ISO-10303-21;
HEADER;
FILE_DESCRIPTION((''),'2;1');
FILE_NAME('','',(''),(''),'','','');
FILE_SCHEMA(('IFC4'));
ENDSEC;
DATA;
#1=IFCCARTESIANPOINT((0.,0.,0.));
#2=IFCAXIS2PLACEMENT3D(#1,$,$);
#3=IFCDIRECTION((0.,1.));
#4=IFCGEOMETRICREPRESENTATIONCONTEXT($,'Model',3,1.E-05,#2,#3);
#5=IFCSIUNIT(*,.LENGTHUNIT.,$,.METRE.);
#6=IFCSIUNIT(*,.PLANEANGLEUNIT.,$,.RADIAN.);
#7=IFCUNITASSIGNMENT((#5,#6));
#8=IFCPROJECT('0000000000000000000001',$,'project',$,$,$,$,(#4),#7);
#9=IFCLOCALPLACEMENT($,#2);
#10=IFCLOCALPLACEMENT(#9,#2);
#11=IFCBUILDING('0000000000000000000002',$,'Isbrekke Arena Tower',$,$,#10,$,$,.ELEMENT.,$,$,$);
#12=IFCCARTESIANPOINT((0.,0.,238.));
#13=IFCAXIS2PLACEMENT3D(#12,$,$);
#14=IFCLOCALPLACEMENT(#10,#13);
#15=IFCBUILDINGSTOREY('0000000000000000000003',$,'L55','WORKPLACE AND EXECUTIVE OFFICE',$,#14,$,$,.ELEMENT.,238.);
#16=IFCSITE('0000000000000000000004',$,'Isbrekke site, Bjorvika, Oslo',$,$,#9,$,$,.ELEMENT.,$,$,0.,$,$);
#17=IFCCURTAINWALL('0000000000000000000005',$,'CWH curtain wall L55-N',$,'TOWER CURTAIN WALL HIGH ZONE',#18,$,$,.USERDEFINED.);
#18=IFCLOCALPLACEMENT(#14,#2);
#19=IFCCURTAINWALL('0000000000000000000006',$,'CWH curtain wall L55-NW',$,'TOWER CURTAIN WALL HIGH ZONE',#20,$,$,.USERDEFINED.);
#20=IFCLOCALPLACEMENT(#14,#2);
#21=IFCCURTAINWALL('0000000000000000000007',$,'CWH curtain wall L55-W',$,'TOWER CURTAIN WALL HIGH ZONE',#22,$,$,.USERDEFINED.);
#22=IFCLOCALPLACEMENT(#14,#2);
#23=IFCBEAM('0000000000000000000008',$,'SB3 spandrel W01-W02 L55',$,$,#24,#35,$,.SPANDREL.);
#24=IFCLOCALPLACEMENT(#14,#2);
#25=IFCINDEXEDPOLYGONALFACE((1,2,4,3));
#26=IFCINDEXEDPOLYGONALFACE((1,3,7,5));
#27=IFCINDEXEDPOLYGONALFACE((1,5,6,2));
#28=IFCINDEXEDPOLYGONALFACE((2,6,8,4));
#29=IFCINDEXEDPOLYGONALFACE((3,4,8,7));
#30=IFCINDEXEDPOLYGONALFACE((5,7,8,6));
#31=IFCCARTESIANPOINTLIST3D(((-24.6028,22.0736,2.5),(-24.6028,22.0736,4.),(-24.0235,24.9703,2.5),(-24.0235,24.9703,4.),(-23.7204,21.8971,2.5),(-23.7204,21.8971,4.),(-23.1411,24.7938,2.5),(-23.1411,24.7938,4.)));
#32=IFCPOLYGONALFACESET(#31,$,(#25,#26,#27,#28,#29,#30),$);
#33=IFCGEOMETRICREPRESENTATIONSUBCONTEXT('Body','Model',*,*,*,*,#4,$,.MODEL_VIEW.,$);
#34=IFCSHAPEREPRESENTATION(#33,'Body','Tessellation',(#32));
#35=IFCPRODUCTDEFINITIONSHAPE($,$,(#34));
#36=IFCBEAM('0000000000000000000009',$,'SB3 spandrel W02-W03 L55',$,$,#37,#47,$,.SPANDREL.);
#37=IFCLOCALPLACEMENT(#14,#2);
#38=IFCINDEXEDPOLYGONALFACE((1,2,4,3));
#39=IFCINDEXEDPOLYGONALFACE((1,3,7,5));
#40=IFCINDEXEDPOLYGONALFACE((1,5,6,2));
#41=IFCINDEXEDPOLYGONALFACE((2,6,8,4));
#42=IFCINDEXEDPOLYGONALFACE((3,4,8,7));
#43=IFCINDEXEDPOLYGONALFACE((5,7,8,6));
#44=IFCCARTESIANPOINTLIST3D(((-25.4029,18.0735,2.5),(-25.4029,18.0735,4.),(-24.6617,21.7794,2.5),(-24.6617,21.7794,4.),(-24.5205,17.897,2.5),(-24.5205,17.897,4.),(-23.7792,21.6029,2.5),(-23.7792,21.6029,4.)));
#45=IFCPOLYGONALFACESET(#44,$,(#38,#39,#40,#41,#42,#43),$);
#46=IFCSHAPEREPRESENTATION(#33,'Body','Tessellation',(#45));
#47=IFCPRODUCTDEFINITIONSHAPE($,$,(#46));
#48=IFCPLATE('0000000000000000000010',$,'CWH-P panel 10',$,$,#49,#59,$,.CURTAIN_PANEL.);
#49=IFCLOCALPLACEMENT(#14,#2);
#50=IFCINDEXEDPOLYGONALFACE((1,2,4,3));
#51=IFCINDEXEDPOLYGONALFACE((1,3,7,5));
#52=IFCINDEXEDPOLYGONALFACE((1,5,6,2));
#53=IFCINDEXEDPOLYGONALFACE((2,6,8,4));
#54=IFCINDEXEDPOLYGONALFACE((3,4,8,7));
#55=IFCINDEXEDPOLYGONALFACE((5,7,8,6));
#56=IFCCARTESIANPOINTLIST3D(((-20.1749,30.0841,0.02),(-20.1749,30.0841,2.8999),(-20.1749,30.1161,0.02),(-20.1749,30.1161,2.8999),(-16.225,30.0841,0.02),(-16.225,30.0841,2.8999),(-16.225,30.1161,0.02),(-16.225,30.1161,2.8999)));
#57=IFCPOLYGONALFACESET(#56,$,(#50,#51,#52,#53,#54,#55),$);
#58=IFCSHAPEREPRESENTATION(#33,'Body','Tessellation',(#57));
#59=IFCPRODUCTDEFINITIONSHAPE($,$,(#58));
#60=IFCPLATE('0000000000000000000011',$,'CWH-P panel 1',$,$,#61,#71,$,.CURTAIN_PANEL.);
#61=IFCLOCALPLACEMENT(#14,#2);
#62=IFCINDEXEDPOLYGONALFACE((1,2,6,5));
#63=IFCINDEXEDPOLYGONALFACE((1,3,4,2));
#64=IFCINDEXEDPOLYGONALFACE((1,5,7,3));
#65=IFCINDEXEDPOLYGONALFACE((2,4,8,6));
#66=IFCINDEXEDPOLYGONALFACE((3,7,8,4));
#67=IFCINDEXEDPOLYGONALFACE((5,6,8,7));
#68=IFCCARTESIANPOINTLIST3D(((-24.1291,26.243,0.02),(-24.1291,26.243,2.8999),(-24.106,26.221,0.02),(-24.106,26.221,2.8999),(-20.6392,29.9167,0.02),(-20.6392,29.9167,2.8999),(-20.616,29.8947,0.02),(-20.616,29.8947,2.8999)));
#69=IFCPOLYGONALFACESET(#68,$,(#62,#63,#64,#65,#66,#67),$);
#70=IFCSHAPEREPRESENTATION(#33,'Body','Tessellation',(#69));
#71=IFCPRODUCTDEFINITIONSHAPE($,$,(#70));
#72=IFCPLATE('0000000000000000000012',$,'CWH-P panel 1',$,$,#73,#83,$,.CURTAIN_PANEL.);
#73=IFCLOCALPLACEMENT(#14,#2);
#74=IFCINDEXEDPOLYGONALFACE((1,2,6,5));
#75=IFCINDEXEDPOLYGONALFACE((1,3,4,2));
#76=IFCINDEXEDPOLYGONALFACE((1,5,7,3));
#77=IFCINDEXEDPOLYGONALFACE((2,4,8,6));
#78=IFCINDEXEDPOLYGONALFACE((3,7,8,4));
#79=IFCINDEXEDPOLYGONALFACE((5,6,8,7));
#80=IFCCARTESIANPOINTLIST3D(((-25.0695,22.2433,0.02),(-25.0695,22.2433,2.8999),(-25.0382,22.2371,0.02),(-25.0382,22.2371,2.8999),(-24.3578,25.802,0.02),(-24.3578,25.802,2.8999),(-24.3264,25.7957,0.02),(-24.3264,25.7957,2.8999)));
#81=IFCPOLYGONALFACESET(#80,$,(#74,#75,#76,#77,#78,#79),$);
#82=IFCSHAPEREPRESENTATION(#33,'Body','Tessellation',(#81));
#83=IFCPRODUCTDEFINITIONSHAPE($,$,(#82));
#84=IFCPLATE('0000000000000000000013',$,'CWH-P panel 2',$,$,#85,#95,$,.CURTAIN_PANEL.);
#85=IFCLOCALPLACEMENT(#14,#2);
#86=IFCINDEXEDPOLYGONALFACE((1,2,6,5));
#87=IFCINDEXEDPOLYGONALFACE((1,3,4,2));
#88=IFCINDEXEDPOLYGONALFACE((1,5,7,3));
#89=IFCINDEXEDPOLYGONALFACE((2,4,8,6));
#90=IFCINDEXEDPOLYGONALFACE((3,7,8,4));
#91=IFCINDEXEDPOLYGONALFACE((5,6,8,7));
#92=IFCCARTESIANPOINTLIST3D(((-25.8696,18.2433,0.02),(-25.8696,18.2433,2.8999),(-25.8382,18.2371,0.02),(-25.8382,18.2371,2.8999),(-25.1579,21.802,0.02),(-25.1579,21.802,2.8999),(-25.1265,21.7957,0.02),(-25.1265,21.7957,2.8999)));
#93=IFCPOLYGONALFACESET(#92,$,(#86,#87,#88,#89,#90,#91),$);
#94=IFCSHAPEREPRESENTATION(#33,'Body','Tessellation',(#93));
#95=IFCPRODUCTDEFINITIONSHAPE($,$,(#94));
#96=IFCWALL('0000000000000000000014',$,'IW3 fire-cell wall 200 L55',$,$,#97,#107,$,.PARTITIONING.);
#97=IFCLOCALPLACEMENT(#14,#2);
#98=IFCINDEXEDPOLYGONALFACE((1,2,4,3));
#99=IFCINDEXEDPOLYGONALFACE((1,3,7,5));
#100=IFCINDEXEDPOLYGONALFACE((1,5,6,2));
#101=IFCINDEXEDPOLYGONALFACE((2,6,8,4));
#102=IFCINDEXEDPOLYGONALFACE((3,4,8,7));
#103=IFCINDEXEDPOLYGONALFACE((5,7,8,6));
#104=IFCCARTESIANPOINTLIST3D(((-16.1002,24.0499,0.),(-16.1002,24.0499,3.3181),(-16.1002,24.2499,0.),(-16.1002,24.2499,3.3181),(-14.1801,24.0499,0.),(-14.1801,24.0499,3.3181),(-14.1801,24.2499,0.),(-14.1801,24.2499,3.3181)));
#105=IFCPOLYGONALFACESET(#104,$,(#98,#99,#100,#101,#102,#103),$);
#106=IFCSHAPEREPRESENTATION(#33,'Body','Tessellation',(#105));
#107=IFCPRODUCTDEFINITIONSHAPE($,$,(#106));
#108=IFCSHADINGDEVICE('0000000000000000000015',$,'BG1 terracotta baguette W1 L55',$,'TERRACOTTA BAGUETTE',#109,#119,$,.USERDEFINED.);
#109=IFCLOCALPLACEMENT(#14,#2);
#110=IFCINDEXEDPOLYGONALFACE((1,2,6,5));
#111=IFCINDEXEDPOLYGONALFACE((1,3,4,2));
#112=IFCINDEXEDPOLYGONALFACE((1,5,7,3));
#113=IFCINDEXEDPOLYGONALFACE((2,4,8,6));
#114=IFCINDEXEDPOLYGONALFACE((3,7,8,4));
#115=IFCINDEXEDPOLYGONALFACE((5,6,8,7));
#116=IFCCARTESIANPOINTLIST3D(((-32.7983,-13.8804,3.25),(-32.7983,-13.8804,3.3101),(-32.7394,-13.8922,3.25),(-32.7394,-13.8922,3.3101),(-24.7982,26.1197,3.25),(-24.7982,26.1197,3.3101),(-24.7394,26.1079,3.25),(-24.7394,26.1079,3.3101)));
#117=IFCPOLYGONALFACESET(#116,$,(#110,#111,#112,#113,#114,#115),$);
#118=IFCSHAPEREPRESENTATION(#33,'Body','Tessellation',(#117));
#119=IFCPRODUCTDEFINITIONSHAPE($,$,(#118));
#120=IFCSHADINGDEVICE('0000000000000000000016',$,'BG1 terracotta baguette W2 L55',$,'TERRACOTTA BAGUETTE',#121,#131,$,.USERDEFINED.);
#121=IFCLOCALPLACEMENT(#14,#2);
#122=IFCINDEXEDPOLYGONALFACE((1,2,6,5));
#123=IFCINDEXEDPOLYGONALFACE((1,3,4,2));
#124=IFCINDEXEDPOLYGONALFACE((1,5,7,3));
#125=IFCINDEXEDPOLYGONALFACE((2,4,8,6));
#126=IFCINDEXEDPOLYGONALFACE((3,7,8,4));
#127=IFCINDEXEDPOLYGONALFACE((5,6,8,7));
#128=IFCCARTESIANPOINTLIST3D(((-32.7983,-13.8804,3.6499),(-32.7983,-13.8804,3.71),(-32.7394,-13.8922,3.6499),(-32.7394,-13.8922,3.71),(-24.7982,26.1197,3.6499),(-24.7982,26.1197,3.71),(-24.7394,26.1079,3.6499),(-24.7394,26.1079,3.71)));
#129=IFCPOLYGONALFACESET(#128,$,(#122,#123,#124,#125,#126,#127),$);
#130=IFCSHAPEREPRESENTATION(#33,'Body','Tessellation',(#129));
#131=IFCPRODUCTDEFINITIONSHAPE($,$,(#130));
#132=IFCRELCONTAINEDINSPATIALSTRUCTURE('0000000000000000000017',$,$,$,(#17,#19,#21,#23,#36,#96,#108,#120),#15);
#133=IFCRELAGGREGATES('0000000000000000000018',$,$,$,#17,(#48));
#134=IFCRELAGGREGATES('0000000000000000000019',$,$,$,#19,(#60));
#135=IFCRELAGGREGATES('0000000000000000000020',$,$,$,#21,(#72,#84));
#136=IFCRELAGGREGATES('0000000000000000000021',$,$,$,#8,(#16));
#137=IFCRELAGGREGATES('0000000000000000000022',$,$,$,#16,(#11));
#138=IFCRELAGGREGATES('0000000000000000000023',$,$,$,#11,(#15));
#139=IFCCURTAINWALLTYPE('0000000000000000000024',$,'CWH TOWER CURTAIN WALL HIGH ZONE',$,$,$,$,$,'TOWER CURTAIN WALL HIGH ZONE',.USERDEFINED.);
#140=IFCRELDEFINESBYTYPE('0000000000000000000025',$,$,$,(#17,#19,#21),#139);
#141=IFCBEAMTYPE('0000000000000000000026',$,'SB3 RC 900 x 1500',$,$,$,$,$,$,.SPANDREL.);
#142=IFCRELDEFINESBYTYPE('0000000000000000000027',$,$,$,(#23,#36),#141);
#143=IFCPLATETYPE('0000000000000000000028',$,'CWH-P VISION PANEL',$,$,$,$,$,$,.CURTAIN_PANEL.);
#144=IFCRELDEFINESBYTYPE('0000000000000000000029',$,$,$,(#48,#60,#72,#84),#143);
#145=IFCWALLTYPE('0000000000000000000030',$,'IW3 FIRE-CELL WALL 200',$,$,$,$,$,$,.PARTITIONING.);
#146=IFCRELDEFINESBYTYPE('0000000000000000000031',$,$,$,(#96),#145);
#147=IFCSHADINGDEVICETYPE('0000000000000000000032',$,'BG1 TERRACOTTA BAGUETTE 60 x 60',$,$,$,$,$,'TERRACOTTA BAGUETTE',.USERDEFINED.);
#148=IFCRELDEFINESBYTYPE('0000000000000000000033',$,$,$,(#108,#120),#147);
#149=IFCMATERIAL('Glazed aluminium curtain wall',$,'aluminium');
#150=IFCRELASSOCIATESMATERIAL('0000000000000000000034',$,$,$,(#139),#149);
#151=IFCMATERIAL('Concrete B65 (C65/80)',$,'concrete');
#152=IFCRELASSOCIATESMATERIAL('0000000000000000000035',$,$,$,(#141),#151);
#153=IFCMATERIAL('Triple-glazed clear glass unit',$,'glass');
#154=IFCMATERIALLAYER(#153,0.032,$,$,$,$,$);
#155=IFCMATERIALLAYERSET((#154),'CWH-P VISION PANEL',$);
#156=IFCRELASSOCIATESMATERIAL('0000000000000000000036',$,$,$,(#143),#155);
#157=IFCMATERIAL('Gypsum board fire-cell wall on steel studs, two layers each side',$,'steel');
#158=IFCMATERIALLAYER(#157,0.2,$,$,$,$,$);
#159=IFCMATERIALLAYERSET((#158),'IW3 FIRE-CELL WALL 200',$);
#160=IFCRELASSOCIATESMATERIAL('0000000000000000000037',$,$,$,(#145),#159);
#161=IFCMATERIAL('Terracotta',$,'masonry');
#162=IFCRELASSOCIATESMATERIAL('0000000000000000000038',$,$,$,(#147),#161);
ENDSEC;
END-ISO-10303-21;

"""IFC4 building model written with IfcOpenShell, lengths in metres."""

from ifc_helpers import new_model, si_unit, direction, frame, frame_2d, origin, origin_2d, place, context, subcontext, project, spatial, rectangle, extrude, material, layer, layer_set, material_profile, profile_set, type_object, element, aggregate, save


model = new_model("IFC4")

# Units and contexts
model_context = context("Model", 3, precision=1e-05, world=origin(), true_north=direction((0.0, 1.0)))
body_context = subcontext(model_context, "Body", "Model", "MODEL_VIEW")
ifc_project = project(units=[si_unit("LENGTHUNIT", "METRE"), si_unit("PLANEANGLEUNIT", "RADIAN")], contexts=[model_context])

# Site, building, storey
site_placement = place(None, origin())
site = spatial("IfcSite", under=ifc_project, at=site_placement, Name="Isbrekke site, Bjorvika, Oslo", CompositionType="ELEMENT", RefElevation=0.0)
building_placement = place(site_placement, origin())
building = spatial("IfcBuilding", under=site, at=building_placement, Name="Isbrekke Arena Tower", CompositionType="ELEMENT")
storey_placement = place(building_placement, frame((0.0, 0.0, 238.0)))
storey = spatial("IfcBuildingStorey", under=building, at=storey_placement, Name="L55", Description="WORKPLACE AND EXECUTIVE OFFICE", CompositionType="ELEMENT", Elevation=238.0)

# Curtain walls
ifc_material_1 = material(Name="Glazed aluminium curtain wall", Category="aluminium")
curtain_wall_type = type_object("IfcCurtainWallType", Name="CWH TOWER CURTAIN WALL HIGH ZONE", ElementType="TOWER CURTAIN WALL HIGH ZONE", PredefinedType="USERDEFINED", material=ifc_material_1)
curtain_wall_1_placement = place(storey_placement, origin())
curtain_wall_1 = element("IfcCurtainWall", 1, at=curtain_wall_1_placement, inside=storey, type_object=curtain_wall_type, Name="CWH curtain wall L55-N", ObjectType="TOWER CURTAIN WALL HIGH ZONE", PredefinedType="USERDEFINED")
curtain_wall_2_placement = place(storey_placement, origin())
curtain_wall_2 = element("IfcCurtainWall", 2, at=curtain_wall_2_placement, inside=storey, type_object=curtain_wall_type, Name="CWH curtain wall L55-NW", ObjectType="TOWER CURTAIN WALL HIGH ZONE", PredefinedType="USERDEFINED")

# Curtain wall
curtain_wall_3_placement = place(storey_placement, origin())
curtain_wall_3 = element("IfcCurtainWall", 3, at=curtain_wall_3_placement, inside=storey, type_object=curtain_wall_type, Name="CWH curtain wall L55-W", ObjectType="TOWER CURTAIN WALL HIGH ZONE", PredefinedType="USERDEFINED")

# Beams
ifc_material_2 = material(Name="Concrete B65 (C65/80)", Category="concrete")
ifc_material_profile_1 = material_profile(ifc_material_2, rectangle(XDim=0.8999, YDim=1.5, at=origin_2d()), Name="RC 900x1500")
ifc_profile_set_1 = profile_set([ifc_material_profile_1], Name="Concrete B65 (C65/80)")
beam_type_1 = type_object("IfcBeamType", Name="SB3 RC 900 x 1500", PredefinedType="SPANDREL", material=ifc_profile_set_1)
beam_1_placement = place(storey_placement, frame((-23.5823, 24.8821, 3.25), z_axis=(-0.196116, -0.980581, 0.0), x_axis=(0.980581, -0.196116, 0.0)))
element("IfcBeam", 4, at=beam_1_placement, inside=storey, type_object=beam_type_1, Name="SB3 spandrel W01-W02 L55", PredefinedType="SPANDREL", context=body_context, shape_type="SweptSolid", body=[
    extrude(rectangle(XDim=0.8999, YDim=1.5, at=origin_2d()), origin(), (0.0, 0.0, 1.0), 2.9541),
])
beam_2_placement = place(storey_placement, frame((-24.2205, 21.6912, 3.25), z_axis=(-0.196129, -0.980578, 0.0), x_axis=(0.980578, -0.196129, 0.0)))
element("IfcBeam", 5, at=beam_2_placement, inside=storey, type_object=beam_type_1, Name="SB3 spandrel W02-W03 L55", PredefinedType="SPANDREL", context=body_context, shape_type="SweptSolid", body=[
    extrude(rectangle(XDim=0.8999, YDim=1.5, at=origin_2d()), origin(), (0.0, 0.0, 1.0), 3.7793),
])

# Plates
ifc_material_3 = material(Name="Triple-glazed clear glass unit", Category="glass")
ifc_layer_1 = layer(ifc_material_3, 0.032)
ifc_layer_set_1 = layer_set([ifc_layer_1], Name="CWH-P VISION PANEL")
plate_type = type_object("IfcPlateType", Name="CWH-P VISION PANEL", PredefinedType="CURTAIN_PANEL", material=ifc_layer_set_1)
plate_1_placement = place(storey_placement, frame((-18.2, 30.1001, 0.02), z_axis=(0.0, 0.0, 1.0), x_axis=(-1.0, 0.0, 0.0)))
plate_1 = element("IfcPlate", 6, at=plate_1_placement, type_object=plate_type, Name="CWH-P panel 10", PredefinedType="CURTAIN_PANEL", context=body_context, shape_type="SweptSolid", body=[
    extrude(rectangle(XDim=3.95, YDim=0.032, at=origin_2d()), origin(), (0.0, 0.0, 1.0), 2.8799),
])
aggregate(curtain_wall_1, [plate_1])
plate_2_placement = place(storey_placement, frame((-22.3726, 28.0688, 0.02), z_axis=(0.0, 0.0, 1.0), x_axis=(-0.688749, -0.724999, 0.0)))
plate_2 = element("IfcPlate", 7, at=plate_2_placement, type_object=plate_type, Name="CWH-P panel 1", PredefinedType="CURTAIN_PANEL", context=body_context, shape_type="SweptSolid", body=[
    extrude(rectangle(XDim=5.0671, YDim=0.032, at=origin_2d()), origin(), (0.0, 0.0, 1.0), 2.8799),
])
aggregate(curtain_wall_2, [plate_2])
plate_3_placement = place(storey_placement, frame((-24.698, 24.0195, 0.02), z_axis=(0.0, 0.0, 1.0), x_axis=(-0.196116, -0.980581, 0.0)))
plate_3 = element("IfcPlate", 8, at=plate_3_placement, type_object=plate_type, Name="CWH-P panel 1", PredefinedType="CURTAIN_PANEL", context=body_context, shape_type="SweptSolid", body=[
    extrude(rectangle(XDim=3.6292, YDim=0.032, at=origin_2d()), origin(), (0.0, 0.0, 1.0), 2.8799),
])
plate_4_placement = place(storey_placement, frame((-25.498, 20.0195, 0.02), z_axis=(0.0, 0.0, 1.0), x_axis=(-0.196116, -0.980581, 0.0)))
plate_4 = element("IfcPlate", 9, at=plate_4_placement, type_object=plate_type, Name="CWH-P panel 2", PredefinedType="CURTAIN_PANEL", context=body_context, shape_type="SweptSolid", body=[
    extrude(rectangle(XDim=3.6292, YDim=0.032, at=origin_2d()), origin(), (0.0, 0.0, 1.0), 2.8799),
])
aggregate(curtain_wall_3, [plate_3, plate_4])

# Wall
ifc_material_4 = material(Name="Gypsum board fire-cell wall on steel studs, two layers each side", Category="steel")
ifc_layer_2 = layer(ifc_material_4, 0.2)
ifc_layer_set_2 = layer_set([ifc_layer_2], Name="IW3 FIRE-CELL WALL 200")
wall_type = type_object("IfcWallType", Name="IW3 FIRE-CELL WALL 200", PredefinedType="PARTITIONING", material=ifc_layer_set_2)
wall_placement = place(storey_placement, frame((-16.1001, 24.1499, 0.0), z_axis=(0.0, 0.0, 1.0), x_axis=(1.0, 0.0, 0.0)))
element("IfcWall", 10, at=wall_placement, inside=storey, type_object=wall_type, Name="IW3 fire-cell wall 200 L55", PredefinedType="PARTITIONING", context=body_context, shape_type="SweptSolid", body=[
    extrude(rectangle(XDim=1.9202, YDim=0.2, at=frame_2d((0.96, 0.0))), origin(), (0.0, 0.0, 1.0), 3.3181),
])

# Shading devices
ifc_material_5 = material(Name="Terracotta", Category="masonry")
ifc_material_profile_2 = material_profile(ifc_material_5, rectangle(XDim=0.0601, YDim=0.0601, at=origin_2d()), Name="BAGUETTE 60X60")
ifc_profile_set_2 = profile_set([ifc_material_profile_2], Name="Terracotta")
shading_device_type = type_object("IfcShadingDeviceType", Name="BG1 TERRACOTTA BAGUETTE 60 x 60", ElementType="TERRACOTTA BAGUETTE", PredefinedType="USERDEFINED", material=ifc_profile_set_2)
for number, where, z_axis, x_axis, name in (
    (11, (-24.7688, 26.1138, 3.28), (-0.196116, -0.980581, 0.0), (0.980581, -0.196116, 0.0), "BG1 terracotta baguette W1 L55"),
    (12, (-24.7688, 26.1138, 3.6799), (-0.196116, -0.980581, 0.0), (0.980581, -0.196116, 0.0), "BG1 terracotta baguette W2 L55"),
):
    element("IfcShadingDevice", number, at=place(storey_placement, frame(where, z_axis=z_axis, x_axis=x_axis)), inside=storey, type_object=shading_device_type, Name=name, ObjectType="TERRACOTTA BAGUETTE", PredefinedType="USERDEFINED", context=body_context, shape_type="SweptSolid", body=[
        extrude(rectangle(XDim=0.0601, YDim=0.0601, at=origin_2d()), origin(), (0.0, 0.0, 1.0), 40.7922),
    ])

save(model, "model.ifc")
